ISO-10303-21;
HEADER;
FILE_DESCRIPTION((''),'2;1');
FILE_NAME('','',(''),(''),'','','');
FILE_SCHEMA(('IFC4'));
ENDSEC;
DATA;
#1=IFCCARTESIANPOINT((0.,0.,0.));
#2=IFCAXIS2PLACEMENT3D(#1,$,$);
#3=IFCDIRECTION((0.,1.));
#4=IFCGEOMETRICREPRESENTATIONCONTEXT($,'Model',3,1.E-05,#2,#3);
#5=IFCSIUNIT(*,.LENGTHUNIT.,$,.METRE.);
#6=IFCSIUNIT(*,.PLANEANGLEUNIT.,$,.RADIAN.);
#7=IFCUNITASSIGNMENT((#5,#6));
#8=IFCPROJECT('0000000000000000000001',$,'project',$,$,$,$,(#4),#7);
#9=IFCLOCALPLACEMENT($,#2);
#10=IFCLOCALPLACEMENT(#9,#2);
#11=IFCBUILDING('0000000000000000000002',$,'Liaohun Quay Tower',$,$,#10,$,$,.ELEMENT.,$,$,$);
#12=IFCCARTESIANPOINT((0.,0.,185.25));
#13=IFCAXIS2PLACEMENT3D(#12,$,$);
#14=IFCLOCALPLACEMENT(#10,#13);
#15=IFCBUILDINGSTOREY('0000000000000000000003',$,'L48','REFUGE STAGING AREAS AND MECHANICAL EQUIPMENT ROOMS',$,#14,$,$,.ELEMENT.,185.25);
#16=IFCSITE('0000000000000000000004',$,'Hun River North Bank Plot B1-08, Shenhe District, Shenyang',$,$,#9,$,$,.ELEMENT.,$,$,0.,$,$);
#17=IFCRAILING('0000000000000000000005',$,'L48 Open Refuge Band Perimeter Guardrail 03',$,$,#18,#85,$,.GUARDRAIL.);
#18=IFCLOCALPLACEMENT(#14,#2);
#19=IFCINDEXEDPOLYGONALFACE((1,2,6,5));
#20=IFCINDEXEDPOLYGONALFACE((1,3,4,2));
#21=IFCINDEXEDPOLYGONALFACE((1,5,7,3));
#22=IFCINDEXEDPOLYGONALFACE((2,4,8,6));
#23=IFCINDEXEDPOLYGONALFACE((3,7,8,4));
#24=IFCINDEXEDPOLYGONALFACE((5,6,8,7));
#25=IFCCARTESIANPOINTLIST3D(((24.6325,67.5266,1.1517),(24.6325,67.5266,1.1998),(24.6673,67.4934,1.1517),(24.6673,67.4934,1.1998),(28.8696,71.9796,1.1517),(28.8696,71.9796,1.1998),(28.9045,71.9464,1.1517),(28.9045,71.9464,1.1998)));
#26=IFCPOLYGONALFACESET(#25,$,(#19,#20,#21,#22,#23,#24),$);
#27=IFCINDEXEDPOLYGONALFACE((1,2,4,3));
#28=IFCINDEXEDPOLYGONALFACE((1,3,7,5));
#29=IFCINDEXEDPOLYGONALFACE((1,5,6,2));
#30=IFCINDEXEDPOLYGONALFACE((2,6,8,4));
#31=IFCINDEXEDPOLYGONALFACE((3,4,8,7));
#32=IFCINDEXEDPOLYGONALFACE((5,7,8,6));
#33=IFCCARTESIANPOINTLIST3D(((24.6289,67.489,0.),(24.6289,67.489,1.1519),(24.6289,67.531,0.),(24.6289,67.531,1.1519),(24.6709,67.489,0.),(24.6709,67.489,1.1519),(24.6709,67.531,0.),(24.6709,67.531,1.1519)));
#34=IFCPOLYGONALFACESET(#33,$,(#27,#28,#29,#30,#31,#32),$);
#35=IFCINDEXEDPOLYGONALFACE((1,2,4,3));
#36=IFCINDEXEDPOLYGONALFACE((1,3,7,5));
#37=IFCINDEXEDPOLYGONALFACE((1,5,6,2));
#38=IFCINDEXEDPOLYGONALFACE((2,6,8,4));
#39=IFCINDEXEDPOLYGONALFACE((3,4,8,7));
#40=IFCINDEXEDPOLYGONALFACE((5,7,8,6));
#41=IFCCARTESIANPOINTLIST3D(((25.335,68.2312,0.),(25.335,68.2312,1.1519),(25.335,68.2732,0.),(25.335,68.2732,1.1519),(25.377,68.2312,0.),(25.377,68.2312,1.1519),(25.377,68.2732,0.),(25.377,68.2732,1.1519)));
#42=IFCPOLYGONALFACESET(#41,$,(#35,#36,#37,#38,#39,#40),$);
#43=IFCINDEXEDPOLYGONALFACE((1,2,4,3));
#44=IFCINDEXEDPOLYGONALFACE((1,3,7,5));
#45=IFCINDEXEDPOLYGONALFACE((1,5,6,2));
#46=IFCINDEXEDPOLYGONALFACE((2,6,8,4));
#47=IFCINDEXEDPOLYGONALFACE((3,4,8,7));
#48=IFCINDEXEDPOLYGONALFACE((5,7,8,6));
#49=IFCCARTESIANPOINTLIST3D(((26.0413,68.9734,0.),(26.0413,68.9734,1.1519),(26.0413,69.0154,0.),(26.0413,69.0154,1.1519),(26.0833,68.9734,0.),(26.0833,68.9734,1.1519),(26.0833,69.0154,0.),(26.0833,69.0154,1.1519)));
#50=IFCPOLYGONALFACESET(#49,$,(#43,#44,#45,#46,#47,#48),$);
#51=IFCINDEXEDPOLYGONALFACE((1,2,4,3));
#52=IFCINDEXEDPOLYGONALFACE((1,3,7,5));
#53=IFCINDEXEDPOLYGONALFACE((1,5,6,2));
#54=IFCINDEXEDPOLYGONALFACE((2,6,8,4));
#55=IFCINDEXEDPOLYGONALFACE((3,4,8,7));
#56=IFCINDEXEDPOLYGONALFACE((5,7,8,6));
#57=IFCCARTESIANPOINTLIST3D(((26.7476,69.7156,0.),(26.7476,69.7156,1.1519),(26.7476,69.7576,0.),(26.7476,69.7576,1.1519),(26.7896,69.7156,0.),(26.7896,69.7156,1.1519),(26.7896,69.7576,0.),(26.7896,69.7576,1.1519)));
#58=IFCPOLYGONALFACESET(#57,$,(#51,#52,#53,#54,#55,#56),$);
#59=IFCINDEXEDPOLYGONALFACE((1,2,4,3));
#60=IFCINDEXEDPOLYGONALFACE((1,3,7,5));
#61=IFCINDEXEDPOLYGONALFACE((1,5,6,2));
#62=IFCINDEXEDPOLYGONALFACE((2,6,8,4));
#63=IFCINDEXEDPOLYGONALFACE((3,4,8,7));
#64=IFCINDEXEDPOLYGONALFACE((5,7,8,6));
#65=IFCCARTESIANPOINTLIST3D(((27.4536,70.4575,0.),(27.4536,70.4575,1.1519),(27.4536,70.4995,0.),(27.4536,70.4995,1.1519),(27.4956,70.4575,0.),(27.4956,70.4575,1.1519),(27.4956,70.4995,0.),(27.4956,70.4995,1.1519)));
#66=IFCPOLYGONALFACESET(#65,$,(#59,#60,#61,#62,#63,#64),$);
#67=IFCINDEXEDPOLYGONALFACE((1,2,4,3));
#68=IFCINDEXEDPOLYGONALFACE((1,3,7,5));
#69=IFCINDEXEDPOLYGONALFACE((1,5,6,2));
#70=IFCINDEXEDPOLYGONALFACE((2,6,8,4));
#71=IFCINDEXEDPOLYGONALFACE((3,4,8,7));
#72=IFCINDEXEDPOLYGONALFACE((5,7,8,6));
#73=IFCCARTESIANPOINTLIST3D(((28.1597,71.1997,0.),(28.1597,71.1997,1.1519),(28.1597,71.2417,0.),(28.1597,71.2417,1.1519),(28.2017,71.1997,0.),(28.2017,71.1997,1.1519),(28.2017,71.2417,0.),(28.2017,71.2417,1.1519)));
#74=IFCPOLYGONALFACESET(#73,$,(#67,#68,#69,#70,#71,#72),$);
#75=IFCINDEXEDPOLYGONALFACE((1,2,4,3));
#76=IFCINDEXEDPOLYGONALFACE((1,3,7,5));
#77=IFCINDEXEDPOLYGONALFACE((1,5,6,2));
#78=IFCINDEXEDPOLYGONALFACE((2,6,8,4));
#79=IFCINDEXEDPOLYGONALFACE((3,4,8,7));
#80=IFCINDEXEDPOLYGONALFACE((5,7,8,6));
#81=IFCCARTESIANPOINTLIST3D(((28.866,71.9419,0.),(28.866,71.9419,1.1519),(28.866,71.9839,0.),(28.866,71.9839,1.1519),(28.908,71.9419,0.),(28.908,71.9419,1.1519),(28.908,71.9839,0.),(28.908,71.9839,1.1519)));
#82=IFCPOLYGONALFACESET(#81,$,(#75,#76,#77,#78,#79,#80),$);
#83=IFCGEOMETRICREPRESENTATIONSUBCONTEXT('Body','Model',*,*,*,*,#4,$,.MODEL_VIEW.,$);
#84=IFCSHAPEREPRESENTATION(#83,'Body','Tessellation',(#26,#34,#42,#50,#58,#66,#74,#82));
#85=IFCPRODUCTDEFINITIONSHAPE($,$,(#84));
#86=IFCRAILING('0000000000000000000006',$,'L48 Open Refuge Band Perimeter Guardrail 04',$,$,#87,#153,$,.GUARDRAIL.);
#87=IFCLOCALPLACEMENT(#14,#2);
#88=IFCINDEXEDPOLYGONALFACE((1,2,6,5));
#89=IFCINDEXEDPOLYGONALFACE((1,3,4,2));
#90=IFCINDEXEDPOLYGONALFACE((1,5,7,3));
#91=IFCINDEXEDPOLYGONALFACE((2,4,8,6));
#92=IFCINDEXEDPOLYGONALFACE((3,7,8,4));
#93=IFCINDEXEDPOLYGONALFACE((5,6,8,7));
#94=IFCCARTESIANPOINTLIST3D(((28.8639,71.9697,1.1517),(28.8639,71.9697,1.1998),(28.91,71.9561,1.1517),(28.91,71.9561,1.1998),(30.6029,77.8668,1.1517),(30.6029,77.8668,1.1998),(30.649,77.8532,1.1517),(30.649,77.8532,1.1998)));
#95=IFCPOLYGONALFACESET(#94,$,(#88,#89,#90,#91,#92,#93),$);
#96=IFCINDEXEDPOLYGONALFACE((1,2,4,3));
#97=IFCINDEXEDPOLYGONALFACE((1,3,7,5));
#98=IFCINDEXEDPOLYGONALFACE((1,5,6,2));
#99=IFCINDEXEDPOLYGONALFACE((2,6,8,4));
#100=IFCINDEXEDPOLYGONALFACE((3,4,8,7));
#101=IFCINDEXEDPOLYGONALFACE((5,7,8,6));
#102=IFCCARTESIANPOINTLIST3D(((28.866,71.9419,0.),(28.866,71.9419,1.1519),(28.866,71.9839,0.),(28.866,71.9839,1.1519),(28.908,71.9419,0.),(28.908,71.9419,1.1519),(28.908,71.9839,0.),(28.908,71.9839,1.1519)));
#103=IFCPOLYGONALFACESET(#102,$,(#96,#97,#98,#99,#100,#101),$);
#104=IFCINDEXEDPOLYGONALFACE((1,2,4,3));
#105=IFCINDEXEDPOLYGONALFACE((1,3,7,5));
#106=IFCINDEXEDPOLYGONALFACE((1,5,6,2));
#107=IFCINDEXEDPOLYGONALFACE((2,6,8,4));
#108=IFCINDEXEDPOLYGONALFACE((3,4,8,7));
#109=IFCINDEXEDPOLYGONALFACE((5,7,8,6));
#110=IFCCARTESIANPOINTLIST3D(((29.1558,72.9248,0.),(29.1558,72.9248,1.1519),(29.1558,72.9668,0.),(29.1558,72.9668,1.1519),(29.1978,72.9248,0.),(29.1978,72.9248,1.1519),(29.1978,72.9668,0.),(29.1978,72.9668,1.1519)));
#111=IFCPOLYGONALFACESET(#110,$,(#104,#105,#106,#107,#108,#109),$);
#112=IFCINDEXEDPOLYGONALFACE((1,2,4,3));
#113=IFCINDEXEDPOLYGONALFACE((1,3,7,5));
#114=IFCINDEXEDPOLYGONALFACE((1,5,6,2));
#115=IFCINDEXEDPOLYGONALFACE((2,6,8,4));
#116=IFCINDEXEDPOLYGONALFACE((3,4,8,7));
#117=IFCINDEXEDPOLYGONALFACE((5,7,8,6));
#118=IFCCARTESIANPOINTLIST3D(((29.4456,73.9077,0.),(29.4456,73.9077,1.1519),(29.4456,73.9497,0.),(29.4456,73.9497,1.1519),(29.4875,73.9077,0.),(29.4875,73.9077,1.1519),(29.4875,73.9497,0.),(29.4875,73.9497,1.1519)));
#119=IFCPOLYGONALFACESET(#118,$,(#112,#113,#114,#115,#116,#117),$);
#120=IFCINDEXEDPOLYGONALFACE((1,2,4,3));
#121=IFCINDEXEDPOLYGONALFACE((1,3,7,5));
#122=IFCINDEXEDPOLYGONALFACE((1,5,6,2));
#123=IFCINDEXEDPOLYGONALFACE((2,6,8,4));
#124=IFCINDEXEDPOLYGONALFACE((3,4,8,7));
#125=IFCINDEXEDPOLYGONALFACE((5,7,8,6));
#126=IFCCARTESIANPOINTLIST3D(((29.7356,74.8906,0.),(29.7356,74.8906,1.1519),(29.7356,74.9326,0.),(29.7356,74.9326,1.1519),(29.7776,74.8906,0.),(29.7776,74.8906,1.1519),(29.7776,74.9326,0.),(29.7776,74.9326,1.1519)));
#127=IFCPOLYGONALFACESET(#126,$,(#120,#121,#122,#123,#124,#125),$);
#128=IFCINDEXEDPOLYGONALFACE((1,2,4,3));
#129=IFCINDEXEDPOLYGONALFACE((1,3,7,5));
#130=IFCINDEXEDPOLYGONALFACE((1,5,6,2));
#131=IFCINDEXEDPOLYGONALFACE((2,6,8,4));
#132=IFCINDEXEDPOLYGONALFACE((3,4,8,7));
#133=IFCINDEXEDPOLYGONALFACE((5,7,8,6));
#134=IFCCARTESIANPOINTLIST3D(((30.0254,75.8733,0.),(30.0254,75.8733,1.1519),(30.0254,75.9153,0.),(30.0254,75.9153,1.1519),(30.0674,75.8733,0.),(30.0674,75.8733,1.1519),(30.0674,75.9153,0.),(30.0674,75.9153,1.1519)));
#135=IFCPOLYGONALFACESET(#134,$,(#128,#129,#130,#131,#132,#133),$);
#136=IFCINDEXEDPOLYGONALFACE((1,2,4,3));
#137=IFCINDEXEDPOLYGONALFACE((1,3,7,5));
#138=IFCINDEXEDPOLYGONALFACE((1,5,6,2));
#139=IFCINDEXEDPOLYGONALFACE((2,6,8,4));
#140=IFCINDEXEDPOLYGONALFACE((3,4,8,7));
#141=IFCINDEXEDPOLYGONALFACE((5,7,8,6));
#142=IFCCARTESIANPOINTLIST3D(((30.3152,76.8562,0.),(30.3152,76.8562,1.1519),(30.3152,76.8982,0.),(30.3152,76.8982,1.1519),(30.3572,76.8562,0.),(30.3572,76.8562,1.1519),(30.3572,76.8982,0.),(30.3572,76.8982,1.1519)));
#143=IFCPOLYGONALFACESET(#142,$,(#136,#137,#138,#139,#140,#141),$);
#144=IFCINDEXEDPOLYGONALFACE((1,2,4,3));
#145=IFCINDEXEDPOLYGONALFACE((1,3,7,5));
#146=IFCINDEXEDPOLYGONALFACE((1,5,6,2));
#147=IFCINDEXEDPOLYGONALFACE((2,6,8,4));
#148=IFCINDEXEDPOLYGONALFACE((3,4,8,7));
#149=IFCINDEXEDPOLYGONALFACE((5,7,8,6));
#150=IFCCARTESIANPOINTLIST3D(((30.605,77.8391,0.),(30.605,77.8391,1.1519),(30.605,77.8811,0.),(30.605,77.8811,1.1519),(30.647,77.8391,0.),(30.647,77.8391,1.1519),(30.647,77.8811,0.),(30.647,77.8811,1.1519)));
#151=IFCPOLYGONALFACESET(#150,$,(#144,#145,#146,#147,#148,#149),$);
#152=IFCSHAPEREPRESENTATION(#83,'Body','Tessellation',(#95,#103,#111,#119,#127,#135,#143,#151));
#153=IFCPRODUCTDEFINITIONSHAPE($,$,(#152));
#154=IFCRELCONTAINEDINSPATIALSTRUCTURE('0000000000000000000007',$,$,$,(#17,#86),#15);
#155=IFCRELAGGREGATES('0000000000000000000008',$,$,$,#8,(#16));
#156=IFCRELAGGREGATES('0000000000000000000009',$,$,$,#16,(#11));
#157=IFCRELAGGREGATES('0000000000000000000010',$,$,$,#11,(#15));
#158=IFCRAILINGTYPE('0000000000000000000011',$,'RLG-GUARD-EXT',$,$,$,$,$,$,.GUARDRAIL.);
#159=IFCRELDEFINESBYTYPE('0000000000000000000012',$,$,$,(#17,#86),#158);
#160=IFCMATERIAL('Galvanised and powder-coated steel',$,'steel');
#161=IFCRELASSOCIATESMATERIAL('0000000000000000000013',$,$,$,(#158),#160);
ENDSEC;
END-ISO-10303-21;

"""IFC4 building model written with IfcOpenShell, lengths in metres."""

from ifc_helpers import new_model, si_unit, direction, frame, origin, origin_2d, place, context, subcontext, project, spatial, rectangle, extrude, material, type_object, element, save


model = new_model("IFC4")

# Units and contexts
model_context = context("Model", 3, precision=1e-05, world=origin(), true_north=direction((0.0, 1.0)))
body_context = subcontext(model_context, "Body", "Model", "MODEL_VIEW")
ifc_project = project(units=[si_unit("LENGTHUNIT", "METRE"), si_unit("PLANEANGLEUNIT", "RADIAN")], contexts=[model_context])

# Site, building, storey
site_placement = place(None, origin())
site = spatial("IfcSite", under=ifc_project, at=site_placement, Name="Hun River North Bank Plot B1-08, Shenhe District, Shenyang", CompositionType="ELEMENT", RefElevation=0.0)
building_placement = place(site_placement, origin())
building = spatial("IfcBuilding", under=site, at=building_placement, Name="Liaohun Quay Tower", CompositionType="ELEMENT")
storey_placement = place(building_placement, frame((0.0, 0.0, 185.25)))
storey = spatial("IfcBuildingStorey", under=building, at=storey_placement, Name="L48", Description="REFUGE STAGING AREAS AND MECHANICAL EQUIPMENT ROOMS", CompositionType="ELEMENT", Elevation=185.25)

# Railings
ifc_material_1 = material(Name="Galvanised and powder-coated steel", Category="steel")
railing_type = type_object("IfcRailingType", Name="RLG-GUARD-EXT", PredefinedType="GUARDRAIL", material=ifc_material_1)
railing_1_placement = place(storey_placement, frame((24.6499, 67.51, 0.0)))
element("IfcRailing", 1, at=railing_1_placement, inside=storey, type_object=railing_type, Name="L48 Open Refuge Band Perimeter Guardrail 03", PredefinedType="GUARDRAIL", context=body_context, shape_type="SweptSolid", body=[
    extrude(rectangle(XDim=0.0481, YDim=0.0481, at=origin_2d()), frame((0.0, 0.0, 1.1758), z_axis=(0.689333, 0.724445, 0.0), x_axis=(-0.724445, 0.689333, 0.0)), (0.0, 0.0, 1.0), 6.1467),
    extrude(rectangle(XDim=0.042, YDim=0.042, at=origin_2d()), origin(), (0.0, 0.0, 1.0), 1.1519),
    extrude(rectangle(XDim=0.042, YDim=0.042, at=origin_2d()), frame((0.7061, 0.7422, 0.0)), (0.0, 0.0, 1.0), 1.1519),
    extrude(rectangle(XDim=0.042, YDim=0.042, at=origin_2d()), frame((1.4124, 1.4844, 0.0)), (0.0, 0.0, 1.0), 1.1519),
    extrude(rectangle(XDim=0.042, YDim=0.042, at=origin_2d()), frame((2.1187, 2.2266, 0.0)), (0.0, 0.0, 1.0), 1.1519),
    extrude(rectangle(XDim=0.042, YDim=0.042, at=origin_2d()), frame((2.8247, 2.9685, 0.0)), (0.0, 0.0, 1.0), 1.1519),
    extrude(rectangle(XDim=0.042, YDim=0.042, at=origin_2d()), frame((3.5308, 3.7107, 0.0)), (0.0, 0.0, 1.0), 1.1519),
    extrude(rectangle(XDim=0.042, YDim=0.042, at=origin_2d()), frame((4.2371, 4.4529, 0.0)), (0.0, 0.0, 1.0), 1.1519),
])
railing_2_placement = place(storey_placement, frame((28.887, 71.9629, 0.0)))
element("IfcRailing", 2, at=railing_2_placement, inside=storey, type_object=railing_type, Name="L48 Open Refuge Band Perimeter Guardrail 04", PredefinedType="GUARDRAIL", context=body_context, shape_type="SweptSolid", body=[
    extrude(rectangle(XDim=0.0481, YDim=0.0481, at=origin_2d()), frame((0.0, 0.0, 1.1758), z_axis=(0.282846, 0.959165, 0.0), x_axis=(-0.959165, 0.282846, 0.0)), (0.0, 0.0, 1.0), 6.1482),
    extrude(rectangle(XDim=0.042, YDim=0.042, at=origin_2d()), origin(), (0.0, 0.0, 1.0), 1.1519),
    extrude(rectangle(XDim=0.042, YDim=0.042, at=origin_2d()), frame((0.2898, 0.9829, 0.0)), (0.0, 0.0, 1.0), 1.1519),
    extrude(rectangle(XDim=0.042, YDim=0.042, at=origin_2d()), frame((0.5796, 1.9658, 0.0)), (0.0, 0.0, 1.0), 1.1519),
    extrude(rectangle(XDim=0.042, YDim=0.042, at=origin_2d()), frame((0.8696, 2.9487, 0.0)), (0.0, 0.0, 1.0), 1.1519),
    extrude(rectangle(XDim=0.042, YDim=0.042, at=origin_2d()), frame((1.1594, 3.9314, 0.0)), (0.0, 0.0, 1.0), 1.1519),
    extrude(rectangle(XDim=0.042, YDim=0.042, at=origin_2d()), frame((1.4492, 4.9143, 0.0)), (0.0, 0.0, 1.0), 1.1519),
    extrude(rectangle(XDim=0.042, YDim=0.042, at=origin_2d()), frame((1.739, 5.8972, 0.0)), (0.0, 0.0, 1.0), 1.1519),
])

save(model, "model.ifc")
